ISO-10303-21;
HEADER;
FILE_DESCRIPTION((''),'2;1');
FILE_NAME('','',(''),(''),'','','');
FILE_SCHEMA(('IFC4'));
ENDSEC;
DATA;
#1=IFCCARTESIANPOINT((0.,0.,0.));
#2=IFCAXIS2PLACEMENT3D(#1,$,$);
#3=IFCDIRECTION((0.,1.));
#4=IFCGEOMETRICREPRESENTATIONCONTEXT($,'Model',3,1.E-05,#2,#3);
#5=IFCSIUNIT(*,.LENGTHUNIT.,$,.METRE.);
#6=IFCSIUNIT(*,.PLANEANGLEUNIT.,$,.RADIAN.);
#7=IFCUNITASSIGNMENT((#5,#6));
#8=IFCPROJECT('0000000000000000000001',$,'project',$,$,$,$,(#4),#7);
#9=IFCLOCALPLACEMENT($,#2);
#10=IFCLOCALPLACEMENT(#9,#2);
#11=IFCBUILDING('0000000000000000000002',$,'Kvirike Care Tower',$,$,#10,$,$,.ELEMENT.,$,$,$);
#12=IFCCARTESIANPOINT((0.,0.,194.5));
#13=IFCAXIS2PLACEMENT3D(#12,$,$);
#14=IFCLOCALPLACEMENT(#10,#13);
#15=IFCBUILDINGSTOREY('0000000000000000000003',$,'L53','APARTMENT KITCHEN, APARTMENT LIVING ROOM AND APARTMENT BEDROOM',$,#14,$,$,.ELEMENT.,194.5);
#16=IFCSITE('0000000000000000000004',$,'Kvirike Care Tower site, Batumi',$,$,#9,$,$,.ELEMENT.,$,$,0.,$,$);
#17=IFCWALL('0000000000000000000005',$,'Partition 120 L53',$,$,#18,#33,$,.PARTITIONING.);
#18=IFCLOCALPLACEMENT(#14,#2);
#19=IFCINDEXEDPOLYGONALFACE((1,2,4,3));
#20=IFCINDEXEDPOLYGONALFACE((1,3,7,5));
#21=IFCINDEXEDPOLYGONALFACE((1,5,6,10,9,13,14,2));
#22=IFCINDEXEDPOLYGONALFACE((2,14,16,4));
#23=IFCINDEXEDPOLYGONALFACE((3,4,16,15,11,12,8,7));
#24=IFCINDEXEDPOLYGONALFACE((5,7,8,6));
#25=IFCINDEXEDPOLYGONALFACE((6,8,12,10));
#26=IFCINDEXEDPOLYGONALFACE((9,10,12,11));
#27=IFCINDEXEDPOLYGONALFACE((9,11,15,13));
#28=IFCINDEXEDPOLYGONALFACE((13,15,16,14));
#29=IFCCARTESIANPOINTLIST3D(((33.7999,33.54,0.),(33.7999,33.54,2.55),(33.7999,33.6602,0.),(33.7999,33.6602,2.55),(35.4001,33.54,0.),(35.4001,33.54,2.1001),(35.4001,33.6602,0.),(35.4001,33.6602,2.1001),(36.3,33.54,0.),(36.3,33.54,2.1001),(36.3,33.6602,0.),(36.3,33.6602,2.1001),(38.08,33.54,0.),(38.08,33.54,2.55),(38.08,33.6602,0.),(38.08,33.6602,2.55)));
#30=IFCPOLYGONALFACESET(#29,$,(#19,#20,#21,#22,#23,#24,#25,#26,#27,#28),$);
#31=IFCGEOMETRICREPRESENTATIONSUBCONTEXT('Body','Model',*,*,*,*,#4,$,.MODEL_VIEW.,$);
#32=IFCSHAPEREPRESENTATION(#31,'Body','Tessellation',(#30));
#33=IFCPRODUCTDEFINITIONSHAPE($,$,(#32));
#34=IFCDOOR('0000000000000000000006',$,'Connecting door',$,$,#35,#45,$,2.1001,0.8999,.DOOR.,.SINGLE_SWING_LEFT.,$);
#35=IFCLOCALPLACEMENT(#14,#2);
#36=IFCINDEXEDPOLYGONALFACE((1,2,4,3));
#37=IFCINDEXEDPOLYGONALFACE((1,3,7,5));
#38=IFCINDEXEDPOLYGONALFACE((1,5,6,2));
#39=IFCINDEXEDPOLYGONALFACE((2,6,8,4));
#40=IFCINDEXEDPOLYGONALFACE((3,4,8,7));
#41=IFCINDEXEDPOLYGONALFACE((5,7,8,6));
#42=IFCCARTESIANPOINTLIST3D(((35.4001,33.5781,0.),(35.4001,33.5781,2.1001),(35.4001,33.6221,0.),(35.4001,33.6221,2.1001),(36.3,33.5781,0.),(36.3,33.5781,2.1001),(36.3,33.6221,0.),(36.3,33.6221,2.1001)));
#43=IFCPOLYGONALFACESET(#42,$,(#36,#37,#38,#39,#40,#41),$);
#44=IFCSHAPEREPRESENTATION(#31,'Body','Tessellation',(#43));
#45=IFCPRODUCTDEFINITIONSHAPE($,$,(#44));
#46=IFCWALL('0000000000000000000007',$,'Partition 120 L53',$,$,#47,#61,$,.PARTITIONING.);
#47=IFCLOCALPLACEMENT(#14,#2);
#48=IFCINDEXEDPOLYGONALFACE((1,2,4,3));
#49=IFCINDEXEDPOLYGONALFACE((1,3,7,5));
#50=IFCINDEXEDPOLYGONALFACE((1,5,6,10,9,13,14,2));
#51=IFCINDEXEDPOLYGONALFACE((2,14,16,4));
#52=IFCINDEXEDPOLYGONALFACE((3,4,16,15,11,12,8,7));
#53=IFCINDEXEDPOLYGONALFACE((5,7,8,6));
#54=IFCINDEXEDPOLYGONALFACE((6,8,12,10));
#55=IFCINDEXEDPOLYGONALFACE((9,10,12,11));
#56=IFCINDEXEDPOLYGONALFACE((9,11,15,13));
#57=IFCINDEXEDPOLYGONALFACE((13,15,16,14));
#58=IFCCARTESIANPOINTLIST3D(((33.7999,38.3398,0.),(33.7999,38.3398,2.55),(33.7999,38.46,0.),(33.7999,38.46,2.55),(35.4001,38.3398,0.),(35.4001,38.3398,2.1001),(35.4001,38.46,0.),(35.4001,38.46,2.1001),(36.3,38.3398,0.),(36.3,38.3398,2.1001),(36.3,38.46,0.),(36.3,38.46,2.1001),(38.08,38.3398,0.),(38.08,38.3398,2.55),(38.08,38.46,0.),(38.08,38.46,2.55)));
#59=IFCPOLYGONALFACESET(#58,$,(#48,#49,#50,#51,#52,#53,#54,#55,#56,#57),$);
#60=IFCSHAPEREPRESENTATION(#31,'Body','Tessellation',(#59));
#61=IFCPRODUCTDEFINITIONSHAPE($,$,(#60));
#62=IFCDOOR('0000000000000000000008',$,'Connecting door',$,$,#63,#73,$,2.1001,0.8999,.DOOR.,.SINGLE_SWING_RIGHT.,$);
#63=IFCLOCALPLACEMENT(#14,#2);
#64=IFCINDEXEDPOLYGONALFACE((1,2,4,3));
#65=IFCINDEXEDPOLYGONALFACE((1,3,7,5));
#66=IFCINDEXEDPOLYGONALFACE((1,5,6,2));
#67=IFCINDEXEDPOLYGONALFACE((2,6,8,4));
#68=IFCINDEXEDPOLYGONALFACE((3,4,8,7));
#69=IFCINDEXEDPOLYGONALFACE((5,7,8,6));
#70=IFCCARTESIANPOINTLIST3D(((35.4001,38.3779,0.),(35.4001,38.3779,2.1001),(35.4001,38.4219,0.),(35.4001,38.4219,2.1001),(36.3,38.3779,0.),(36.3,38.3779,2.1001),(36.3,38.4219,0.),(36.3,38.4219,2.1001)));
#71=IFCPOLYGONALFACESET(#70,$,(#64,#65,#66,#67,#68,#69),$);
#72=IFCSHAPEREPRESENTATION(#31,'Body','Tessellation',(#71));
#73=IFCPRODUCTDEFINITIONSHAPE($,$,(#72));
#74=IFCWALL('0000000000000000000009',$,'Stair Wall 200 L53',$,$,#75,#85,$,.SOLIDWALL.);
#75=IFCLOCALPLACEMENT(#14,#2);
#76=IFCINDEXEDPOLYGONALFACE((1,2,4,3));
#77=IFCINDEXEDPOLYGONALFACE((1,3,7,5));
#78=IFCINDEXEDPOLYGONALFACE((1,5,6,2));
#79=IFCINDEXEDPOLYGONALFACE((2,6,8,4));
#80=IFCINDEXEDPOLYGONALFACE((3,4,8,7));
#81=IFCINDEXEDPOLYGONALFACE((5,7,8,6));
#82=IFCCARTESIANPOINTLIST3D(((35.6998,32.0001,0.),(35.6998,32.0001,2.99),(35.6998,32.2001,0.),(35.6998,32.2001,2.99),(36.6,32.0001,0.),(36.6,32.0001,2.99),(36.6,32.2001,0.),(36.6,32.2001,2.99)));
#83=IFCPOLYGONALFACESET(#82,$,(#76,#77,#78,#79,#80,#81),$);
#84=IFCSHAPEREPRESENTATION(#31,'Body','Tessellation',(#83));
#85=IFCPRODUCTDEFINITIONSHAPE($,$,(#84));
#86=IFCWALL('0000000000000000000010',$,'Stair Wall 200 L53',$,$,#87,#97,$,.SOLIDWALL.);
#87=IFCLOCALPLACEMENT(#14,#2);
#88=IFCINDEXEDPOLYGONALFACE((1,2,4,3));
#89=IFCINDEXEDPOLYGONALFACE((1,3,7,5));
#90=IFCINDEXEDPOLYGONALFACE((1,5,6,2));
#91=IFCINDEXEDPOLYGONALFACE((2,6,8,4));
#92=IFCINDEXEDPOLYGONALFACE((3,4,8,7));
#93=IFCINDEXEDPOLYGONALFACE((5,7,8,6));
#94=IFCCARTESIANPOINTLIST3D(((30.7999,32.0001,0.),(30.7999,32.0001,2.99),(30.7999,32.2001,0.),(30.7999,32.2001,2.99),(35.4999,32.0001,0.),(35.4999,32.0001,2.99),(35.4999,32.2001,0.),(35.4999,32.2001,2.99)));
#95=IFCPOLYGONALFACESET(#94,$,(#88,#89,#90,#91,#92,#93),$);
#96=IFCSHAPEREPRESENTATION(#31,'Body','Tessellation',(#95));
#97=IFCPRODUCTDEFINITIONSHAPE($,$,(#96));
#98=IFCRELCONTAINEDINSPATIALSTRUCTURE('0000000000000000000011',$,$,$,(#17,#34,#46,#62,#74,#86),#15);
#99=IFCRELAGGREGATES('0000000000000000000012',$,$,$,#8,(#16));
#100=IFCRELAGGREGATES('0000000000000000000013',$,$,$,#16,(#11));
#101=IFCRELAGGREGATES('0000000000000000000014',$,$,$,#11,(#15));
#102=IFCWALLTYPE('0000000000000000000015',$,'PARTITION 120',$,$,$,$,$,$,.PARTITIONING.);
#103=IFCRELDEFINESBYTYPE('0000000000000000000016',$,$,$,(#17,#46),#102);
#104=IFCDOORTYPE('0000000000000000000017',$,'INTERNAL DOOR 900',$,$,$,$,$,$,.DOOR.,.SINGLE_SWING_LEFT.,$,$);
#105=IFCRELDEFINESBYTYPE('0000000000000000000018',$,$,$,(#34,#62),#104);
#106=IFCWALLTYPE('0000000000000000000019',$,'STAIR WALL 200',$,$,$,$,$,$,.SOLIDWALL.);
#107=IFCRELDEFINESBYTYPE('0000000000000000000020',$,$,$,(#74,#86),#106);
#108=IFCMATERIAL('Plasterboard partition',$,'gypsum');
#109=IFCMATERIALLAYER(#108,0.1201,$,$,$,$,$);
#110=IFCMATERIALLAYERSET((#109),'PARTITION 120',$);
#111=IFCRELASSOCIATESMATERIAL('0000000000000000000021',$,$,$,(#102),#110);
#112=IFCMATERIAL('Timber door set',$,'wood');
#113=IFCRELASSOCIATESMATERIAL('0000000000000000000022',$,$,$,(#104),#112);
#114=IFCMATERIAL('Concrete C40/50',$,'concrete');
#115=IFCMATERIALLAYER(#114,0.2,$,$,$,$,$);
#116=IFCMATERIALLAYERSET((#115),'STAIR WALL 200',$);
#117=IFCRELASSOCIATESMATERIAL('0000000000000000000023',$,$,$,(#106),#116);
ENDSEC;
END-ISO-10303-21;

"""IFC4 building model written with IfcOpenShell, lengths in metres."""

from ifc_helpers import new_model, si_unit, direction, frame, frame_2d, origin, place, context, subcontext, project, spatial, rectangle, extrude, material, layer, layer_set, type_object, element, fill, save


model = new_model("IFC4")

# Units and contexts
model_context = context("Model", 3, precision=1e-05, world=origin(), true_north=direction((0.0, 1.0)))
body_context = subcontext(model_context, "Body", "Model", "MODEL_VIEW")
ifc_project = project(units=[si_unit("LENGTHUNIT", "METRE"), si_unit("PLANEANGLEUNIT", "RADIAN")], contexts=[model_context])

# Site, building, storey
site_placement = place(None, origin())
site = spatial("IfcSite", under=ifc_project, at=site_placement, Name="Kvirike Care Tower site, Batumi", CompositionType="ELEMENT", RefElevation=0.0)
building_placement = place(site_placement, origin())
building = spatial("IfcBuilding", under=site, at=building_placement, Name="Kvirike Care Tower", CompositionType="ELEMENT")
storey_placement = place(building_placement, frame((0.0, 0.0, 194.5)))
storey = spatial("IfcBuildingStorey", under=building, at=storey_placement, Name="L53", Description="APARTMENT KITCHEN, APARTMENT LIVING ROOM AND APARTMENT BEDROOM", CompositionType="ELEMENT", Elevation=194.5)

# Walls, openings, doors
ifc_material_1 = material(Name="Plasterboard partition", Category="gypsum")
ifc_layer_1 = layer(ifc_material_1, 0.1201)
ifc_layer_set_1 = layer_set([ifc_layer_1], Name="PARTITION 120")
wall_type_1 = type_object("IfcWallType", Name="PARTITION 120", PredefinedType="PARTITIONING", material=ifc_layer_set_1)
ifc_material_2 = material(Name="Timber door set", Category="wood")
door_type = type_object("IfcDoorType", Name="INTERNAL DOOR 900", OperationType="SINGLE_SWING_LEFT", PredefinedType="DOOR", material=ifc_material_2)
wall_1_placement = place(storey_placement, frame((38.0801, 33.6001, 0.0), z_axis=(0.0, 0.0, 1.0), x_axis=(-1.0, 0.0, 0.0)))
wall_1 = element("IfcWall", 1, at=wall_1_placement, inside=storey, type_object=wall_type_1, Name="Partition 120 L53", PredefinedType="PARTITIONING", context=body_context, shape_type="SweptSolid", body=[
    extrude(rectangle(XDim=4.28, YDim=0.1201, at=frame_2d((2.1401, 0.0))), origin(), (0.0, 0.0, 1.0), 2.55),
])
opening_1_placement = place(wall_1_placement, frame((1.78, 0.0, 0.0)))
opening_1 = element("IfcOpeningElement", 2, at=opening_1_placement, cuts=wall_1, PredefinedType="OPENING", context=body_context, shape_type="SweptSolid", body=[
    extrude(rectangle(XDim=0.8999, YDim=2.1001, at=frame_2d((0.45, 1.05))), frame((0.0, 0.0706, 0.0), z_axis=(0.0, -1.0, 0.0), x_axis=(1.0, 0.0, 0.0)), (0.0, 0.0, 1.0), 0.1411),
])
door_1_placement = place(opening_1_placement, origin())
door_1 = element("IfcDoor", 3, at=door_1_placement, inside=storey, type_object=door_type, Name="Connecting door", OperationType="SINGLE_SWING_LEFT", OverallHeight=2.1001, OverallWidth=0.8999, PredefinedType="DOOR", context=body_context, shape_type="SweptSolid", body=[
    extrude(rectangle(XDim=0.8999, YDim=2.1001, at=frame_2d((0.45, 1.05))), frame((0.0, 0.022, 0.0), z_axis=(0.0, -1.0, 0.0), x_axis=(1.0, 0.0, 0.0)), (0.0, 0.0, 1.0), 0.0439),
])
fill(opening_1, door_1)
wall_2_placement = place(storey_placement, frame((38.0801, 38.3999, 0.0), z_axis=(0.0, 0.0, 1.0), x_axis=(-1.0, 0.0, 0.0)))
wall_2 = element("IfcWall", 4, at=wall_2_placement, inside=storey, type_object=wall_type_1, Name="Partition 120 L53", PredefinedType="PARTITIONING", context=body_context, shape_type="SweptSolid", body=[
    extrude(rectangle(XDim=4.28, YDim=0.1201, at=frame_2d((2.1401, 0.0))), origin(), (0.0, 0.0, 1.0), 2.55),
])
opening_2_placement = place(wall_2_placement, frame((1.78, 0.0, 0.0)))
opening_2 = element("IfcOpeningElement", 5, at=opening_2_placement, cuts=wall_2, PredefinedType="OPENING", context=body_context, shape_type="SweptSolid", body=[
    extrude(rectangle(XDim=0.8999, YDim=2.1001, at=frame_2d((0.45, 1.05))), frame((0.0, 0.0706, 0.0), z_axis=(0.0, -1.0, 0.0), x_axis=(1.0, 0.0, 0.0)), (0.0, 0.0, 1.0), 0.1411),
])
door_2_placement = place(opening_2_placement, frame((0.8999, 0.0, 0.0), z_axis=(0.0, 0.0, 1.0), x_axis=(-1.0, 0.0, 0.0)))
door_2 = element("IfcDoor", 6, at=door_2_placement, inside=storey, type_object=door_type, Name="Connecting door", OperationType="SINGLE_SWING_RIGHT", OverallHeight=2.1001, OverallWidth=0.8999, PredefinedType="DOOR", context=body_context, shape_type="SweptSolid", body=[
    extrude(rectangle(XDim=0.8999, YDim=2.1001, at=frame_2d((0.45, 1.05))), frame((0.0, 0.022, 0.0), z_axis=(0.0, -1.0, 0.0), x_axis=(1.0, 0.0, 0.0)), (0.0, 0.0, 1.0), 0.0439),
])
fill(opening_2, door_2)

# Walls
ifc_material_3 = material(Name="Concrete C40/50", Category="concrete")
ifc_layer_2 = layer(ifc_material_3, 0.2)
ifc_layer_set_2 = layer_set([ifc_layer_2], Name="STAIR WALL 200")
wall_type_2 = type_object("IfcWallType", Name="STAIR WALL 200", PredefinedType="SOLIDWALL", material=ifc_layer_set_2)
wall_3_placement = place(storey_placement, frame((36.6001, 32.1001, 0.0), z_axis=(0.0, 0.0, 1.0), x_axis=(-1.0, 0.0, 0.0)))
element("IfcWall", 7, at=wall_3_placement, inside=storey, type_object=wall_type_2, Name="Stair Wall 200 L53", PredefinedType="SOLIDWALL", context=body_context, shape_type="SweptSolid", body=[
    extrude(rectangle(XDim=0.9001, YDim=0.2, at=frame_2d((0.4502, 0.0))), origin(), (0.0, 0.0, 1.0), 2.99),
])
wall_4_placement = place(storey_placement, frame((35.5, 32.1001, 0.0), z_axis=(0.0, 0.0, 1.0), x_axis=(-1.0, 0.0, 0.0)))
element("IfcWall", 8, at=wall_4_placement, inside=storey, type_object=wall_type_2, Name="Stair Wall 200 L53", PredefinedType="SOLIDWALL", context=body_context, shape_type="SweptSolid", body=[
    extrude(rectangle(XDim=4.7, YDim=0.2, at=frame_2d((2.3501, 0.0))), origin(), (0.0, 0.0, 1.0), 2.99),
])

save(model, "model.ifc")
